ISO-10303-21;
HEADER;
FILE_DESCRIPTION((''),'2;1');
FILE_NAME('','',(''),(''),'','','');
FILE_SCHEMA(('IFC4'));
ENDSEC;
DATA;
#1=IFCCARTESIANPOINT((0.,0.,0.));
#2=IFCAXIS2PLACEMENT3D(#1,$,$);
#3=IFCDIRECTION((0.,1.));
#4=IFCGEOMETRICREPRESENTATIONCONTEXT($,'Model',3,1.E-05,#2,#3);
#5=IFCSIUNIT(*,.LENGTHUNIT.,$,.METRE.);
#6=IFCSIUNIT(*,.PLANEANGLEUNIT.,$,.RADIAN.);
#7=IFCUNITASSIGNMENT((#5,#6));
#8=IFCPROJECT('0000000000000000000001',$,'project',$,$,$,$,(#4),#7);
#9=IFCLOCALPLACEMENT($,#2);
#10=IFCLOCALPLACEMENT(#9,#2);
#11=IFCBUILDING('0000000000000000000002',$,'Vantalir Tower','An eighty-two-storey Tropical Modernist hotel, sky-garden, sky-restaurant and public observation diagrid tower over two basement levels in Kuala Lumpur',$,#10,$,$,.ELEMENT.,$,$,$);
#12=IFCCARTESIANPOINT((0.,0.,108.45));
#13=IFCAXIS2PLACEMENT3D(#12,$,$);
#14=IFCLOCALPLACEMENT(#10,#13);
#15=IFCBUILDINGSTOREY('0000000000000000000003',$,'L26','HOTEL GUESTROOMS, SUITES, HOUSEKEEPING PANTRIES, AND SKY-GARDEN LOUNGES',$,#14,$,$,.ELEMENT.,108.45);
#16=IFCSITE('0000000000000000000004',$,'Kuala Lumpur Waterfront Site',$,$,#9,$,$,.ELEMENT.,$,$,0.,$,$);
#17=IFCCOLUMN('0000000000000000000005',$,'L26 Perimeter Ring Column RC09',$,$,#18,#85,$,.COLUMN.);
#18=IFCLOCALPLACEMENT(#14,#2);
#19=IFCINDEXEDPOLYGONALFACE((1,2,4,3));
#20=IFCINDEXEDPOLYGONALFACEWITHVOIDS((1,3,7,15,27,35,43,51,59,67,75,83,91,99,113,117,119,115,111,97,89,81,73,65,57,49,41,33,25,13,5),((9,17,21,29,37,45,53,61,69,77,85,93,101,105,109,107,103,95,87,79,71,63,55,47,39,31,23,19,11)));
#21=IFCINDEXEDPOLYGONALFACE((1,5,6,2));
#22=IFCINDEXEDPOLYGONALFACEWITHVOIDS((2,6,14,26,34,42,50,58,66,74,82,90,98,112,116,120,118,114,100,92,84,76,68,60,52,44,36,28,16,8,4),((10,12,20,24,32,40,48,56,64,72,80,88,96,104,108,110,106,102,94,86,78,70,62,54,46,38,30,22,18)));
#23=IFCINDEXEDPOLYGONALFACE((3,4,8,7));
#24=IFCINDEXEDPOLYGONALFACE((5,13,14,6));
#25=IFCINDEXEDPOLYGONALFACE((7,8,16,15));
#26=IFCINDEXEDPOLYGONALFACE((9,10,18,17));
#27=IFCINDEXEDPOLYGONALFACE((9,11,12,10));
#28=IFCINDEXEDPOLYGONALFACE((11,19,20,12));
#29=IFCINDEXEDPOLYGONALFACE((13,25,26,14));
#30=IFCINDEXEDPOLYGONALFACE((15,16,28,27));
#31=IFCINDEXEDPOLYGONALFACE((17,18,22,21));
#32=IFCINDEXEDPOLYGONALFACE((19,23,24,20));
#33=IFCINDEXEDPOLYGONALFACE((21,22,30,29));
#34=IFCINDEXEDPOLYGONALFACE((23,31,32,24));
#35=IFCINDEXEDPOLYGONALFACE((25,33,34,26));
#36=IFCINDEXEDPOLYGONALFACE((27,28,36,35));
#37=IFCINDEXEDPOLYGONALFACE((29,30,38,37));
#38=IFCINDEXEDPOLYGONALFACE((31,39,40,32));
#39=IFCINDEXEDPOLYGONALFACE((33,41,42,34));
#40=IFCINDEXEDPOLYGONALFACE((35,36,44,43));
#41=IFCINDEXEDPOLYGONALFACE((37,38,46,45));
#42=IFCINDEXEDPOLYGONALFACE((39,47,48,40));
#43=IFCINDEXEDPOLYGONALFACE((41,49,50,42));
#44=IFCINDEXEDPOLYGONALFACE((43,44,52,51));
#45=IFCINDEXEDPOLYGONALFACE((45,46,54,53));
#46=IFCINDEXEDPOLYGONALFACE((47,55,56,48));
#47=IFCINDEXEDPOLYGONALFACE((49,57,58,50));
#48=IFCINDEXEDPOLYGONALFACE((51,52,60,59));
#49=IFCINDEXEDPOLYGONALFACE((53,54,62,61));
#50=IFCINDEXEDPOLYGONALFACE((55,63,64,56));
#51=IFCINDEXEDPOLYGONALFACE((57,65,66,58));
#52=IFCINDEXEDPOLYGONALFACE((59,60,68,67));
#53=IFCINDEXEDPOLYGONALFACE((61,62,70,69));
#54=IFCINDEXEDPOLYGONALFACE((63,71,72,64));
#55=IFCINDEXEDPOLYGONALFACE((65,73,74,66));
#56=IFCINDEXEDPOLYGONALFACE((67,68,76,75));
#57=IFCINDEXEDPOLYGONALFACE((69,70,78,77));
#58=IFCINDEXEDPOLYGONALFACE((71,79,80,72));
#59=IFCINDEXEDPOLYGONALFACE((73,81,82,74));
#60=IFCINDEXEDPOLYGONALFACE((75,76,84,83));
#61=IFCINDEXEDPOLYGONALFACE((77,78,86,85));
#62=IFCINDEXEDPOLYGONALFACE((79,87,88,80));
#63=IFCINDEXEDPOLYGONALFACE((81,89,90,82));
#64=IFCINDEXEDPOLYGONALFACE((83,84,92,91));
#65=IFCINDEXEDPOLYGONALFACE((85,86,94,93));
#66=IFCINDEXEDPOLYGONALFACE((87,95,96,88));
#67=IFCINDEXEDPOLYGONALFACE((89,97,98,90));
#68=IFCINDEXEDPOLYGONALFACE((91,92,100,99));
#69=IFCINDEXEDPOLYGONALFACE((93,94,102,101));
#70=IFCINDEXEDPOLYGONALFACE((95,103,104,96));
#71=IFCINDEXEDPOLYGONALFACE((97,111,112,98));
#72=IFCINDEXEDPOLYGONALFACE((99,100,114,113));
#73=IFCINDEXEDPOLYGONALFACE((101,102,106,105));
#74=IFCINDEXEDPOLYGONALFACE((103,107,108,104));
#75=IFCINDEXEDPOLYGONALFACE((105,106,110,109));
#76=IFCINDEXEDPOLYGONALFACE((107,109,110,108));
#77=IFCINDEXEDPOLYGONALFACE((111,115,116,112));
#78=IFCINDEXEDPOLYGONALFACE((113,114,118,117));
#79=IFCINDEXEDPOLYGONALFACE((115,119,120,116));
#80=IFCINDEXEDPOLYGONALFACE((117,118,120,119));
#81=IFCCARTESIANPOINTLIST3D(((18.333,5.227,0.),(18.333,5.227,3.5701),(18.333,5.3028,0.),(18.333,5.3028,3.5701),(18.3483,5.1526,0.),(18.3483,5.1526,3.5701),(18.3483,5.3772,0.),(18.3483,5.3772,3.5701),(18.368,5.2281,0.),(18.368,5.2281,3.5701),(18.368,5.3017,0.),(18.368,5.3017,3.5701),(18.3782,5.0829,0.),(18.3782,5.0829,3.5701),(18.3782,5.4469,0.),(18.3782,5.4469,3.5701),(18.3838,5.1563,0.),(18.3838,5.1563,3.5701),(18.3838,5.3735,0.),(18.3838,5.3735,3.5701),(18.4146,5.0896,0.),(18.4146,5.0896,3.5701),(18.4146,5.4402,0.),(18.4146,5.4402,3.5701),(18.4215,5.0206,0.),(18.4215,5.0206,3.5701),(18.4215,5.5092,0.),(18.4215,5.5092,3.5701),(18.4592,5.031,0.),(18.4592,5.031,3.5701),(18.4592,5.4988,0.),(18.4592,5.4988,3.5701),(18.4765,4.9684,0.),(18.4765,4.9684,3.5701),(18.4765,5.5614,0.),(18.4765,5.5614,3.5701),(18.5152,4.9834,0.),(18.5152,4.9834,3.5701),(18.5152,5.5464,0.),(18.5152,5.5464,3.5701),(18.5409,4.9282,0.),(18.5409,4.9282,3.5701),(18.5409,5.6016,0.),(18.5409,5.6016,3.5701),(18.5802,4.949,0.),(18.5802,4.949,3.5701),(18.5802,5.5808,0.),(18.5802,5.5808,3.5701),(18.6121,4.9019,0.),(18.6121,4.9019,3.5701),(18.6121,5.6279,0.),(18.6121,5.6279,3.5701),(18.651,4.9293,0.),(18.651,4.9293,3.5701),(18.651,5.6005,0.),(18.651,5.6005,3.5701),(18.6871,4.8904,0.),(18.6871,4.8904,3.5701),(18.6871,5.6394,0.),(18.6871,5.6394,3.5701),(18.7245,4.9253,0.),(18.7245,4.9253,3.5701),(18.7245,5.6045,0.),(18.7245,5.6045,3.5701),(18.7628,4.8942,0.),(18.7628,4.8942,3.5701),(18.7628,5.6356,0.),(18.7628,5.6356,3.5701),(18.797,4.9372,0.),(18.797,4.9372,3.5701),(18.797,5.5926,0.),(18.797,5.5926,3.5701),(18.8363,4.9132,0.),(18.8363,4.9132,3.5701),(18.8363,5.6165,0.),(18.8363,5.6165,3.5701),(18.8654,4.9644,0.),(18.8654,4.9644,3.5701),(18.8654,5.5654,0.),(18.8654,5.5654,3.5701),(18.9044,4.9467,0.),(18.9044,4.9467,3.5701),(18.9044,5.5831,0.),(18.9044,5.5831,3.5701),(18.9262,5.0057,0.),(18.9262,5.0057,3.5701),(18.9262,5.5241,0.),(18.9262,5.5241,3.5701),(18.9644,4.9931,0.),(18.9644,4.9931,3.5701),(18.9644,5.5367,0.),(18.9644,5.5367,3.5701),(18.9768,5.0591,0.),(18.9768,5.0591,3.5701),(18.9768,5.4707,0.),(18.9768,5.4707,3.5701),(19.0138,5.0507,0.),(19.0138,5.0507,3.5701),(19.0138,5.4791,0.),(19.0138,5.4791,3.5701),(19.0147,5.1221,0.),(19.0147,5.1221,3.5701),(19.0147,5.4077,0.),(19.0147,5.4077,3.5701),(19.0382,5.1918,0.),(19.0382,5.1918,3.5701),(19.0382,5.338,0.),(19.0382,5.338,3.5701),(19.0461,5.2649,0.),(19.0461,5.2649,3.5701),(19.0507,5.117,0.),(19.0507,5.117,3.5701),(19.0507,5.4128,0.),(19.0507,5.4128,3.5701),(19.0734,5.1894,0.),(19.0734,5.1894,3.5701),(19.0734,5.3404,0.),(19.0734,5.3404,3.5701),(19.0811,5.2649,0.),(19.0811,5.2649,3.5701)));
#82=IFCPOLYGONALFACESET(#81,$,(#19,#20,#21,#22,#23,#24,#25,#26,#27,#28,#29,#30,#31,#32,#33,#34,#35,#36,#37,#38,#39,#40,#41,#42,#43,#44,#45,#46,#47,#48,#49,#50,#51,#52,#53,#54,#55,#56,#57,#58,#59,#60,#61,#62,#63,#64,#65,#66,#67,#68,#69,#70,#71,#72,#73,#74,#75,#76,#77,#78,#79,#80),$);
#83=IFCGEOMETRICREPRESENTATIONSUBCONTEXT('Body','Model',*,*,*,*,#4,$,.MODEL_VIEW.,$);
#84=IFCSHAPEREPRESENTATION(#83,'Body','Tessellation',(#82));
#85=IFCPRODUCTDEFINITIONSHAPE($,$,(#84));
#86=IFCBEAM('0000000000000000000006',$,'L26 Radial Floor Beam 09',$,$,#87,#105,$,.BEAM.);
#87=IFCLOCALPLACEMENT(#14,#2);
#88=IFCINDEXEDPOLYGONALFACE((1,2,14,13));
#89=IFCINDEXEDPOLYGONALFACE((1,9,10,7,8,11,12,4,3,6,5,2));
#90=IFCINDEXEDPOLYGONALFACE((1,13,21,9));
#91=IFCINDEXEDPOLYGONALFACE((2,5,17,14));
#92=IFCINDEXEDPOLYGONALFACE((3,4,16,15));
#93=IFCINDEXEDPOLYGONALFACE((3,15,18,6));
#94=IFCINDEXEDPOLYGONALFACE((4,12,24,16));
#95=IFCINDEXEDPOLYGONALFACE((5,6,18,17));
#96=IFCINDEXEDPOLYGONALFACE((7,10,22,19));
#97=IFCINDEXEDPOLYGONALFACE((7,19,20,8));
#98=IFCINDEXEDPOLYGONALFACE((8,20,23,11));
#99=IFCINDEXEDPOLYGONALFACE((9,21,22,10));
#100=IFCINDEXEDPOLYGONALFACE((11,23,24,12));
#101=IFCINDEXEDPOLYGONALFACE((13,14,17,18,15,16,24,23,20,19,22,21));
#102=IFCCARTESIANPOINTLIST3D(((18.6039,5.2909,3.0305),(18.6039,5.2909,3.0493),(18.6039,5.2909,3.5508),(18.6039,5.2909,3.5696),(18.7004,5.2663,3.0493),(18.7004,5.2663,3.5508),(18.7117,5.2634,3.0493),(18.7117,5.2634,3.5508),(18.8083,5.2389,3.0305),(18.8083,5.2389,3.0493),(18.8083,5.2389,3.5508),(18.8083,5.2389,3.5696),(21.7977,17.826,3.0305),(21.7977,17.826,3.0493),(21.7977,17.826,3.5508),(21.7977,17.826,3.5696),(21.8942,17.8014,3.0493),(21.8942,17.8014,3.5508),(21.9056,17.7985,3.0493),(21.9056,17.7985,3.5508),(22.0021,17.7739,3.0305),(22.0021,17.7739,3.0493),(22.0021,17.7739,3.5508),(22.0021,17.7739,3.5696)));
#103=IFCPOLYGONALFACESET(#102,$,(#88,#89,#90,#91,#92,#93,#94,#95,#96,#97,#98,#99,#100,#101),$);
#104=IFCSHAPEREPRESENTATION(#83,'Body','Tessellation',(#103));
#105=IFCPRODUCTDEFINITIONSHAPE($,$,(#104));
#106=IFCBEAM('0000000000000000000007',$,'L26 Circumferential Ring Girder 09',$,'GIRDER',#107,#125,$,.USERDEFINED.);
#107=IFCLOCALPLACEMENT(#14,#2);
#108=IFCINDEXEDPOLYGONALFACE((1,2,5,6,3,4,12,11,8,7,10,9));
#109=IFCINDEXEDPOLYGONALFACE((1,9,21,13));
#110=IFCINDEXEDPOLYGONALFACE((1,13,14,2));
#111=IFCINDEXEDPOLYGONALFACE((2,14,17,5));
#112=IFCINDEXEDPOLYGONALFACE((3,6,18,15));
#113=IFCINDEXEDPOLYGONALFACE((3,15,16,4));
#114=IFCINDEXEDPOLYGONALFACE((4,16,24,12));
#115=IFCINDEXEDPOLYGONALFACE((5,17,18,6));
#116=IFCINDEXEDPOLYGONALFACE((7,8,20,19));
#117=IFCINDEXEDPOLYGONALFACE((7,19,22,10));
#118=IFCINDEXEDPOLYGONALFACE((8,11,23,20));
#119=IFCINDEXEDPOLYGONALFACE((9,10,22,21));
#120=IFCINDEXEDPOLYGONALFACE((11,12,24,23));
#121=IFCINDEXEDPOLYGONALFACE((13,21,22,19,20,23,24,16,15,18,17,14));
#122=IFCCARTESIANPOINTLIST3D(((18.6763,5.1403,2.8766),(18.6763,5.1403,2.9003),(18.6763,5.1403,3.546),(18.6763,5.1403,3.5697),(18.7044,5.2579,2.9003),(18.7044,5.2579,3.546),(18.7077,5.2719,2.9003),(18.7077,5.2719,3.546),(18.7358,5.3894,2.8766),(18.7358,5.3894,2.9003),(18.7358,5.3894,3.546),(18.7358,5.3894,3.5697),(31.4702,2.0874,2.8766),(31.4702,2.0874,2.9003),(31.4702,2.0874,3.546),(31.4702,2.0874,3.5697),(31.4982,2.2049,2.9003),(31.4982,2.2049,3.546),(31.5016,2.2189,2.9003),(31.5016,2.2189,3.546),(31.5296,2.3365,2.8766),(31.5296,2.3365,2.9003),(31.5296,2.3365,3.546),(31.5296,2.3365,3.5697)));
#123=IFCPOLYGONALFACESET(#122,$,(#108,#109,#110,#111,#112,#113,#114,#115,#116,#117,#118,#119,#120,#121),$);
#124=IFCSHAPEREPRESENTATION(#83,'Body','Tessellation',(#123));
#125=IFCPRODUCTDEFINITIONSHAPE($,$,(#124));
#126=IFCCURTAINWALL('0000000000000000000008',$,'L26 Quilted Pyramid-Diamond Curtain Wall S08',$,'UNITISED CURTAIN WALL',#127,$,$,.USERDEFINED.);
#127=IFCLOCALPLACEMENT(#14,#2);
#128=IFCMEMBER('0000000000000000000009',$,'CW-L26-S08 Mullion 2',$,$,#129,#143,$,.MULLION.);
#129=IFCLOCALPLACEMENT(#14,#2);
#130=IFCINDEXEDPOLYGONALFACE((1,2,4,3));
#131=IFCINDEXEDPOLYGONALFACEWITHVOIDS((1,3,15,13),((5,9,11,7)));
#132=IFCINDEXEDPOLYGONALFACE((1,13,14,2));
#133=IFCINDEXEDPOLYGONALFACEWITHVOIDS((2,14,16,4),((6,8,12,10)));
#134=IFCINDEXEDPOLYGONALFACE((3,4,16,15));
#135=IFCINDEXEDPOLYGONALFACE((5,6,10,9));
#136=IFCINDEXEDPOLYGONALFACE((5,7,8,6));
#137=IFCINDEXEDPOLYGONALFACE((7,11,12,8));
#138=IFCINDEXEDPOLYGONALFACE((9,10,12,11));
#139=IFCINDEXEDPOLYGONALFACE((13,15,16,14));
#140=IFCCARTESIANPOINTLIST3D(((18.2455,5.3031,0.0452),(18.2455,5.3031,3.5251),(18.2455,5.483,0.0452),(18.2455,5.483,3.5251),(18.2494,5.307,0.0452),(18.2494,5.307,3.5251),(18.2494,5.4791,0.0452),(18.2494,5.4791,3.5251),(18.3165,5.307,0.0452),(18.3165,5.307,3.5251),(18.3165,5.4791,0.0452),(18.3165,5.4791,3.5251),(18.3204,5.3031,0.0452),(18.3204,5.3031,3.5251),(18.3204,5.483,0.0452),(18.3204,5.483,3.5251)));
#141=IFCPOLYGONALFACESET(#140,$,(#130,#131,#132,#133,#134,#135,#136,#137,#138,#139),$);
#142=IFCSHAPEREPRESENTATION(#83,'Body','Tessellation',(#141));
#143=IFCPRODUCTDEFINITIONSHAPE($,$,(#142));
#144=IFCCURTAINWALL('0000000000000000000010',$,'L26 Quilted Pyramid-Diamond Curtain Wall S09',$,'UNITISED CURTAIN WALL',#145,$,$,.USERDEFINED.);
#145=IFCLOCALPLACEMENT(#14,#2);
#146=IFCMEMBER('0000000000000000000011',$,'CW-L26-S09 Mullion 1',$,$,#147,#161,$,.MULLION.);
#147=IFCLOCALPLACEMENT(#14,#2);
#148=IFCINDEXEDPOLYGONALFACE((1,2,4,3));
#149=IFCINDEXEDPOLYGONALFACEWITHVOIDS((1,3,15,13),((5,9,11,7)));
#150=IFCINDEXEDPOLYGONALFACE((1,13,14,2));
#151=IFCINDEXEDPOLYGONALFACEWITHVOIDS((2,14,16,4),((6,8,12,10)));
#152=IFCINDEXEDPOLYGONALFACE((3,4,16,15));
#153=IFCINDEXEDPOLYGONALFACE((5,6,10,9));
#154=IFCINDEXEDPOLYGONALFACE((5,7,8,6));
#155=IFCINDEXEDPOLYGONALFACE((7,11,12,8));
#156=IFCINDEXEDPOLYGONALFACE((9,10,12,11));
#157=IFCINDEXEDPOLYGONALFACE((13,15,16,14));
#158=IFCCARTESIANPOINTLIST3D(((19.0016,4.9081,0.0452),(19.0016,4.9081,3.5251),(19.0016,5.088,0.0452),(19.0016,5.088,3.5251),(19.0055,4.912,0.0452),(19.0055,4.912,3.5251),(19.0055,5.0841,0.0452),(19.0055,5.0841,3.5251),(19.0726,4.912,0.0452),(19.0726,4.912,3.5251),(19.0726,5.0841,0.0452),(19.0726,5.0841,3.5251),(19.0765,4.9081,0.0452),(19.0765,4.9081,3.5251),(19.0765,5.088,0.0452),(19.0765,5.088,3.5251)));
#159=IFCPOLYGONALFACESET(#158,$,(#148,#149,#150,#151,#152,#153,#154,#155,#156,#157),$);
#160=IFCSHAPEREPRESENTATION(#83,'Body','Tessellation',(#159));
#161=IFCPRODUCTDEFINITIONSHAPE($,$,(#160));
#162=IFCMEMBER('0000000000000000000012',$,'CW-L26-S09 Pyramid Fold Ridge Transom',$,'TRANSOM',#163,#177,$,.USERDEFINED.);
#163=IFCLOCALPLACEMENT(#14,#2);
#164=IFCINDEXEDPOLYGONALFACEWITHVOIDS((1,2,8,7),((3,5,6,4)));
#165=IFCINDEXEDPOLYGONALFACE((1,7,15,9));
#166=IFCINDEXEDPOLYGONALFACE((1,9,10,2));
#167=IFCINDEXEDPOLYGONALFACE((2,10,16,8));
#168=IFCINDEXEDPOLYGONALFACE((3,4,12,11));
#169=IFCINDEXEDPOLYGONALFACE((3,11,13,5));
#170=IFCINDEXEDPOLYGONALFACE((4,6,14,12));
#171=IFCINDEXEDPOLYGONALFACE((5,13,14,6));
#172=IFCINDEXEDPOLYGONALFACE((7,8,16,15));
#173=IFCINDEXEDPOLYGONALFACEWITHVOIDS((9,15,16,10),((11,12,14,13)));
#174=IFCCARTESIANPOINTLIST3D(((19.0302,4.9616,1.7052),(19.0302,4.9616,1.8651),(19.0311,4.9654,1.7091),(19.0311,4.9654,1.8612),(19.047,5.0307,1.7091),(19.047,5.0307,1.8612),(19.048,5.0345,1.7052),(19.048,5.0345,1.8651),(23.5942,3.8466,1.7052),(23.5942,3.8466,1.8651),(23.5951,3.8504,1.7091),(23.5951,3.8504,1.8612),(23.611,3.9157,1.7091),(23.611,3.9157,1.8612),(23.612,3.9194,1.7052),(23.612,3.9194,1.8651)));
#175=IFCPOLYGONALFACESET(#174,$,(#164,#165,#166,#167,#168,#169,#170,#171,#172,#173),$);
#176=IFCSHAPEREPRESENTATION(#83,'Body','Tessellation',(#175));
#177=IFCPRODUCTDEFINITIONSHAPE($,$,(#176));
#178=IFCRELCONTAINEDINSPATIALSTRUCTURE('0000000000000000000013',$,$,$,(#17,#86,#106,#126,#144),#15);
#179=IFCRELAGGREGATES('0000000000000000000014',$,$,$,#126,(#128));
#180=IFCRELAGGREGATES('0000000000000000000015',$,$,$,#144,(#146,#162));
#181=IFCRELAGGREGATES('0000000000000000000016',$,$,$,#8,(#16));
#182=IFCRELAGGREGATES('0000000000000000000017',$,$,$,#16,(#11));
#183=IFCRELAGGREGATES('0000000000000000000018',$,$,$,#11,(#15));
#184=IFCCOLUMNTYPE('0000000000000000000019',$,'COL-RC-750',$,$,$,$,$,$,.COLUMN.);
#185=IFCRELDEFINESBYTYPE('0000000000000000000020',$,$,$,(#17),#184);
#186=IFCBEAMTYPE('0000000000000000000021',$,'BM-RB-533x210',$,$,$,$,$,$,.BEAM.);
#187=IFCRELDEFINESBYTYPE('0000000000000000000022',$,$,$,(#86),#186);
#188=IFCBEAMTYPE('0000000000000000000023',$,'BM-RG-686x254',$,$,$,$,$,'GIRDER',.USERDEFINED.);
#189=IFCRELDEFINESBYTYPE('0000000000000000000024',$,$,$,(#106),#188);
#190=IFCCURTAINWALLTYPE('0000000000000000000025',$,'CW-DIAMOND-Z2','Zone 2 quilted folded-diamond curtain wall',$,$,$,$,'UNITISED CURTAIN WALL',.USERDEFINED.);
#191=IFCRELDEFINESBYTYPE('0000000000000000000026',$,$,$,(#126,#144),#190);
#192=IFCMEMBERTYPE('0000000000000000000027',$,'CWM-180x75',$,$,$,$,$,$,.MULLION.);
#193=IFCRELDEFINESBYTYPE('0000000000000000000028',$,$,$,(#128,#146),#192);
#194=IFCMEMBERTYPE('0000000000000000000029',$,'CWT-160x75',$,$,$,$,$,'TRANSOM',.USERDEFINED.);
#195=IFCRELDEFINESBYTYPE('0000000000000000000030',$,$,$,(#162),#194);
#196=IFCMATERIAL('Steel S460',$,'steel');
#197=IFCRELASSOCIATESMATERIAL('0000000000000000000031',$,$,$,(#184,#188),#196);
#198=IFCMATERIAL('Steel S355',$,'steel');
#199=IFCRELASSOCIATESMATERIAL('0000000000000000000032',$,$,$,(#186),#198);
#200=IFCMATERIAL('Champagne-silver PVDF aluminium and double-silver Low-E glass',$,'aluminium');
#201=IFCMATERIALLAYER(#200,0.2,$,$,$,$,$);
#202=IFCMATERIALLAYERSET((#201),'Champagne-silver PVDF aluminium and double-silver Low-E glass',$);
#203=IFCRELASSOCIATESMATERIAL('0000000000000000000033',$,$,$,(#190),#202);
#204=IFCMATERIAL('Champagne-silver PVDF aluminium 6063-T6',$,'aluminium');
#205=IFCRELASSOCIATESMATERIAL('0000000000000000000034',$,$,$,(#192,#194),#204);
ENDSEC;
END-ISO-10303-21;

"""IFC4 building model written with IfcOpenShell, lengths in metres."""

from ifc_helpers import new_model, si_unit, direction, frame, origin, origin_2d, place, context, subcontext, project, spatial, hollow_rectangle, hollow_circle, i_section, extrude, material, layer, layer_set, material_profile, profile_set, type_object, element, aggregate, save


model = new_model("IFC4")

# Units and contexts
model_context = context("Model", 3, precision=1e-05, world=origin(), true_north=direction((0.0, 1.0)))
body_context = subcontext(model_context, "Body", "Model", "MODEL_VIEW")
ifc_project = project(units=[si_unit("LENGTHUNIT", "METRE"), si_unit("PLANEANGLEUNIT", "RADIAN")], contexts=[model_context])

# Site, building, storey
site_placement = place(None, origin())
site = spatial("IfcSite", under=ifc_project, at=site_placement, Name="Kuala Lumpur Waterfront Site", CompositionType="ELEMENT", RefElevation=0.0)
building_placement = place(site_placement, origin())
building = spatial("IfcBuilding", under=site, at=building_placement, Name="Vantalir Tower", Description="An eighty-two-storey Tropical Modernist hotel, sky-garden, sky-restaurant and public observation diagrid tower over two basement levels in Kuala Lumpur", CompositionType="ELEMENT")
storey_placement = place(building_placement, frame((0.0, 0.0, 108.45)))
storey = spatial("IfcBuildingStorey", under=building, at=storey_placement, Name="L26", Description="HOTEL GUESTROOMS, SUITES, HOUSEKEEPING PANTRIES, AND SKY-GARDEN LOUNGES", CompositionType="ELEMENT", Elevation=108.45)

# Column
ifc_material_1 = material(Name="Steel S460", Category="steel")
ifc_material_profile_1 = material_profile(ifc_material_1, hollow_circle(Radius=0.375, WallThickness=0.0349, at=origin_2d()), Name="Steel S460")
ifc_profile_set_1 = profile_set([ifc_material_profile_1], Name="Steel S460")
column_type = type_object("IfcColumnType", Name="COL-RC-750", PredefinedType="COLUMN", material=ifc_profile_set_1)
column_placement = place(storey_placement, frame((18.7061, 5.2649, 0.0), z_axis=(0.0, 0.0, 1.0), x_axis=(1.0, 0.0, 0.0)))
element("IfcColumn", 1, at=column_placement, inside=storey, type_object=column_type, Name="L26 Perimeter Ring Column RC09", PredefinedType="COLUMN", context=body_context, shape_type="SweptSolid", body=[
    extrude(hollow_circle(Radius=0.375, WallThickness=0.0349, at=origin_2d()), origin(), (0.0, 0.0, 1.0), 3.5701),
])

# Beams
ifc_material_2 = material(Name="Steel S355", Category="steel")
ifc_material_profile_2 = material_profile(ifc_material_2, i_section(OverallWidth=0.2109, OverallDepth=0.5391, WebThickness=0.0117, FlangeThickness=0.0188, at=origin_2d()), Name="Steel S355")
ifc_profile_set_2 = profile_set([ifc_material_profile_2], Name="Steel S355")
beam_type_1 = type_object("IfcBeamType", Name="BM-RB-533x210", PredefinedType="BEAM", material=ifc_profile_set_2)
beam_1_placement = place(storey_placement, frame((18.7061, 5.2649, 3.3), z_axis=(0.246903, 0.96904, 0.0), x_axis=(-0.96904, 0.246903, 0.0)))
element("IfcBeam", 2, at=beam_1_placement, inside=storey, type_object=beam_type_1, Name="L26 Radial Floor Beam 09", PredefinedType="BEAM", context=body_context, shape_type="SweptSolid", body=[
    extrude(i_section(OverallWidth=0.2109, OverallDepth=0.5391, WebThickness=0.0117, FlangeThickness=0.0188, at=origin_2d()), origin(), (0.0, 0.0, 1.0), 12.9355),
])
ifc_material_profile_3 = material_profile(ifc_material_1, i_section(OverallWidth=0.2561, OverallDepth=0.6931, WebThickness=0.0144, FlangeThickness=0.0237, at=origin_2d()), Name="Steel S460")
ifc_profile_set_3 = profile_set([ifc_material_profile_3], Name="Steel S460")
beam_type_2 = type_object("IfcBeamType", Name="BM-RG-686x254", ElementType="GIRDER", PredefinedType="USERDEFINED", material=ifc_profile_set_3)
beam_2_placement = place(storey_placement, frame((18.7061, 5.2649, 3.2231), z_axis=(0.97269, -0.23211, 0.0), x_axis=(0.23211, 0.97269, 0.0)))
element("IfcBeam", 3, at=beam_2_placement, inside=storey, type_object=beam_type_2, Name="L26 Circumferential Ring Girder 09", ObjectType="GIRDER", PredefinedType="USERDEFINED", context=body_context, shape_type="SweptSolid", body=[
    extrude(i_section(OverallWidth=0.2561, OverallDepth=0.6931, WebThickness=0.0144, FlangeThickness=0.0237, at=origin_2d()), origin(), (0.0, 0.0, 1.0), 13.1531),
])

# Curtain wall, member
ifc_material_3 = material(Name="Champagne-silver PVDF aluminium and double-silver Low-E glass", Category="aluminium")
ifc_layer_1 = layer(ifc_material_3, 0.2)
ifc_layer_set_1 = layer_set([ifc_layer_1], Name="Champagne-silver PVDF aluminium and double-silver Low-E glass")
curtain_wall_type = type_object("IfcCurtainWallType", Name="CW-DIAMOND-Z2", Description="Zone 2 quilted folded-diamond curtain wall", ElementType="UNITISED CURTAIN WALL", PredefinedType="USERDEFINED", material=ifc_layer_set_1)
curtain_wall_1_placement = place(storey_placement, origin())
curtain_wall_1 = element("IfcCurtainWall", 4, at=curtain_wall_1_placement, inside=storey, type_object=curtain_wall_type, Name="L26 Quilted Pyramid-Diamond Curtain Wall S08", ObjectType="UNITISED CURTAIN WALL", PredefinedType="USERDEFINED")
ifc_material_4 = material(Name="Champagne-silver PVDF aluminium 6063-T6", Category="aluminium")
ifc_material_profile_4 = material_profile(ifc_material_4, hollow_rectangle(XDim=0.075, YDim=0.1799, WallThickness=0.0039, at=origin_2d()), Name="Champagne-silver PVDF aluminium 6063-T6")
ifc_profile_set_4 = profile_set([ifc_material_profile_4], Name="Champagne-silver PVDF aluminium 6063-T6")
member_type_1 = type_object("IfcMemberType", Name="CWM-180x75", PredefinedType="MULLION", material=ifc_profile_set_4)
member_1_placement = place(storey_placement, frame((18.283, 5.3931, 0.0452), z_axis=(0.0, 0.0, 1.0), x_axis=(1.0, 0.0, 0.0)))
member_1 = element("IfcMember", 5, at=member_1_placement, type_object=member_type_1, Name="CW-L26-S08 Mullion 2", PredefinedType="MULLION", context=body_context, shape_type="SweptSolid", body=[
    extrude(hollow_rectangle(XDim=0.075, YDim=0.1799, WallThickness=0.0039, at=origin_2d()), origin(), (0.0, 0.0, 1.0), 3.48),
])
aggregate(curtain_wall_1, [member_1])

# Curtain wall, members
curtain_wall_2_placement = place(storey_placement, origin())
curtain_wall_2 = element("IfcCurtainWall", 6, at=curtain_wall_2_placement, inside=storey, type_object=curtain_wall_type, Name="L26 Quilted Pyramid-Diamond Curtain Wall S09", ObjectType="UNITISED CURTAIN WALL", PredefinedType="USERDEFINED")
member_2_placement = place(storey_placement, frame((19.0391, 4.998, 0.0452), z_axis=(0.0, 0.0, 1.0), x_axis=(1.0, 0.0, 0.0)))
member_2 = element("IfcMember", 7, at=member_2_placement, type_object=member_type_1, Name="CW-L26-S09 Mullion 1", PredefinedType="MULLION", context=body_context, shape_type="SweptSolid", body=[
    extrude(hollow_rectangle(XDim=0.075, YDim=0.1799, WallThickness=0.0039, at=origin_2d()), origin(), (0.0, 0.0, 1.0), 3.48),
])
ifc_material_profile_5 = material_profile(ifc_material_4, hollow_rectangle(XDim=0.075, YDim=0.1599, WallThickness=0.0039, at=origin_2d()), Name="Champagne-silver PVDF aluminium 6063-T6")
ifc_profile_set_5 = profile_set([ifc_material_profile_5], Name="Champagne-silver PVDF aluminium 6063-T6")
member_type_2 = type_object("IfcMemberType", Name="CWT-160x75", ElementType="TRANSOM", PredefinedType="USERDEFINED", material=ifc_profile_set_5)
member_3_placement = place(storey_placement, frame((19.0391, 4.998, 1.7852), z_axis=(0.971431, -0.237323, 0.0), x_axis=(0.237323, 0.971431, 0.0)))
member_3 = element("IfcMember", 8, at=member_3_placement, type_object=member_type_2, Name="CW-L26-S09 Pyramid Fold Ridge Transom", ObjectType="TRANSOM", PredefinedType="USERDEFINED", context=body_context, shape_type="SweptSolid", body=[
    extrude(hollow_rectangle(XDim=0.075, YDim=0.1599, WallThickness=0.0039, at=origin_2d()), origin(), (0.0, 0.0, 1.0), 4.6982),
])
aggregate(curtain_wall_2, [member_2, member_3])

save(model, "model.ifc")
